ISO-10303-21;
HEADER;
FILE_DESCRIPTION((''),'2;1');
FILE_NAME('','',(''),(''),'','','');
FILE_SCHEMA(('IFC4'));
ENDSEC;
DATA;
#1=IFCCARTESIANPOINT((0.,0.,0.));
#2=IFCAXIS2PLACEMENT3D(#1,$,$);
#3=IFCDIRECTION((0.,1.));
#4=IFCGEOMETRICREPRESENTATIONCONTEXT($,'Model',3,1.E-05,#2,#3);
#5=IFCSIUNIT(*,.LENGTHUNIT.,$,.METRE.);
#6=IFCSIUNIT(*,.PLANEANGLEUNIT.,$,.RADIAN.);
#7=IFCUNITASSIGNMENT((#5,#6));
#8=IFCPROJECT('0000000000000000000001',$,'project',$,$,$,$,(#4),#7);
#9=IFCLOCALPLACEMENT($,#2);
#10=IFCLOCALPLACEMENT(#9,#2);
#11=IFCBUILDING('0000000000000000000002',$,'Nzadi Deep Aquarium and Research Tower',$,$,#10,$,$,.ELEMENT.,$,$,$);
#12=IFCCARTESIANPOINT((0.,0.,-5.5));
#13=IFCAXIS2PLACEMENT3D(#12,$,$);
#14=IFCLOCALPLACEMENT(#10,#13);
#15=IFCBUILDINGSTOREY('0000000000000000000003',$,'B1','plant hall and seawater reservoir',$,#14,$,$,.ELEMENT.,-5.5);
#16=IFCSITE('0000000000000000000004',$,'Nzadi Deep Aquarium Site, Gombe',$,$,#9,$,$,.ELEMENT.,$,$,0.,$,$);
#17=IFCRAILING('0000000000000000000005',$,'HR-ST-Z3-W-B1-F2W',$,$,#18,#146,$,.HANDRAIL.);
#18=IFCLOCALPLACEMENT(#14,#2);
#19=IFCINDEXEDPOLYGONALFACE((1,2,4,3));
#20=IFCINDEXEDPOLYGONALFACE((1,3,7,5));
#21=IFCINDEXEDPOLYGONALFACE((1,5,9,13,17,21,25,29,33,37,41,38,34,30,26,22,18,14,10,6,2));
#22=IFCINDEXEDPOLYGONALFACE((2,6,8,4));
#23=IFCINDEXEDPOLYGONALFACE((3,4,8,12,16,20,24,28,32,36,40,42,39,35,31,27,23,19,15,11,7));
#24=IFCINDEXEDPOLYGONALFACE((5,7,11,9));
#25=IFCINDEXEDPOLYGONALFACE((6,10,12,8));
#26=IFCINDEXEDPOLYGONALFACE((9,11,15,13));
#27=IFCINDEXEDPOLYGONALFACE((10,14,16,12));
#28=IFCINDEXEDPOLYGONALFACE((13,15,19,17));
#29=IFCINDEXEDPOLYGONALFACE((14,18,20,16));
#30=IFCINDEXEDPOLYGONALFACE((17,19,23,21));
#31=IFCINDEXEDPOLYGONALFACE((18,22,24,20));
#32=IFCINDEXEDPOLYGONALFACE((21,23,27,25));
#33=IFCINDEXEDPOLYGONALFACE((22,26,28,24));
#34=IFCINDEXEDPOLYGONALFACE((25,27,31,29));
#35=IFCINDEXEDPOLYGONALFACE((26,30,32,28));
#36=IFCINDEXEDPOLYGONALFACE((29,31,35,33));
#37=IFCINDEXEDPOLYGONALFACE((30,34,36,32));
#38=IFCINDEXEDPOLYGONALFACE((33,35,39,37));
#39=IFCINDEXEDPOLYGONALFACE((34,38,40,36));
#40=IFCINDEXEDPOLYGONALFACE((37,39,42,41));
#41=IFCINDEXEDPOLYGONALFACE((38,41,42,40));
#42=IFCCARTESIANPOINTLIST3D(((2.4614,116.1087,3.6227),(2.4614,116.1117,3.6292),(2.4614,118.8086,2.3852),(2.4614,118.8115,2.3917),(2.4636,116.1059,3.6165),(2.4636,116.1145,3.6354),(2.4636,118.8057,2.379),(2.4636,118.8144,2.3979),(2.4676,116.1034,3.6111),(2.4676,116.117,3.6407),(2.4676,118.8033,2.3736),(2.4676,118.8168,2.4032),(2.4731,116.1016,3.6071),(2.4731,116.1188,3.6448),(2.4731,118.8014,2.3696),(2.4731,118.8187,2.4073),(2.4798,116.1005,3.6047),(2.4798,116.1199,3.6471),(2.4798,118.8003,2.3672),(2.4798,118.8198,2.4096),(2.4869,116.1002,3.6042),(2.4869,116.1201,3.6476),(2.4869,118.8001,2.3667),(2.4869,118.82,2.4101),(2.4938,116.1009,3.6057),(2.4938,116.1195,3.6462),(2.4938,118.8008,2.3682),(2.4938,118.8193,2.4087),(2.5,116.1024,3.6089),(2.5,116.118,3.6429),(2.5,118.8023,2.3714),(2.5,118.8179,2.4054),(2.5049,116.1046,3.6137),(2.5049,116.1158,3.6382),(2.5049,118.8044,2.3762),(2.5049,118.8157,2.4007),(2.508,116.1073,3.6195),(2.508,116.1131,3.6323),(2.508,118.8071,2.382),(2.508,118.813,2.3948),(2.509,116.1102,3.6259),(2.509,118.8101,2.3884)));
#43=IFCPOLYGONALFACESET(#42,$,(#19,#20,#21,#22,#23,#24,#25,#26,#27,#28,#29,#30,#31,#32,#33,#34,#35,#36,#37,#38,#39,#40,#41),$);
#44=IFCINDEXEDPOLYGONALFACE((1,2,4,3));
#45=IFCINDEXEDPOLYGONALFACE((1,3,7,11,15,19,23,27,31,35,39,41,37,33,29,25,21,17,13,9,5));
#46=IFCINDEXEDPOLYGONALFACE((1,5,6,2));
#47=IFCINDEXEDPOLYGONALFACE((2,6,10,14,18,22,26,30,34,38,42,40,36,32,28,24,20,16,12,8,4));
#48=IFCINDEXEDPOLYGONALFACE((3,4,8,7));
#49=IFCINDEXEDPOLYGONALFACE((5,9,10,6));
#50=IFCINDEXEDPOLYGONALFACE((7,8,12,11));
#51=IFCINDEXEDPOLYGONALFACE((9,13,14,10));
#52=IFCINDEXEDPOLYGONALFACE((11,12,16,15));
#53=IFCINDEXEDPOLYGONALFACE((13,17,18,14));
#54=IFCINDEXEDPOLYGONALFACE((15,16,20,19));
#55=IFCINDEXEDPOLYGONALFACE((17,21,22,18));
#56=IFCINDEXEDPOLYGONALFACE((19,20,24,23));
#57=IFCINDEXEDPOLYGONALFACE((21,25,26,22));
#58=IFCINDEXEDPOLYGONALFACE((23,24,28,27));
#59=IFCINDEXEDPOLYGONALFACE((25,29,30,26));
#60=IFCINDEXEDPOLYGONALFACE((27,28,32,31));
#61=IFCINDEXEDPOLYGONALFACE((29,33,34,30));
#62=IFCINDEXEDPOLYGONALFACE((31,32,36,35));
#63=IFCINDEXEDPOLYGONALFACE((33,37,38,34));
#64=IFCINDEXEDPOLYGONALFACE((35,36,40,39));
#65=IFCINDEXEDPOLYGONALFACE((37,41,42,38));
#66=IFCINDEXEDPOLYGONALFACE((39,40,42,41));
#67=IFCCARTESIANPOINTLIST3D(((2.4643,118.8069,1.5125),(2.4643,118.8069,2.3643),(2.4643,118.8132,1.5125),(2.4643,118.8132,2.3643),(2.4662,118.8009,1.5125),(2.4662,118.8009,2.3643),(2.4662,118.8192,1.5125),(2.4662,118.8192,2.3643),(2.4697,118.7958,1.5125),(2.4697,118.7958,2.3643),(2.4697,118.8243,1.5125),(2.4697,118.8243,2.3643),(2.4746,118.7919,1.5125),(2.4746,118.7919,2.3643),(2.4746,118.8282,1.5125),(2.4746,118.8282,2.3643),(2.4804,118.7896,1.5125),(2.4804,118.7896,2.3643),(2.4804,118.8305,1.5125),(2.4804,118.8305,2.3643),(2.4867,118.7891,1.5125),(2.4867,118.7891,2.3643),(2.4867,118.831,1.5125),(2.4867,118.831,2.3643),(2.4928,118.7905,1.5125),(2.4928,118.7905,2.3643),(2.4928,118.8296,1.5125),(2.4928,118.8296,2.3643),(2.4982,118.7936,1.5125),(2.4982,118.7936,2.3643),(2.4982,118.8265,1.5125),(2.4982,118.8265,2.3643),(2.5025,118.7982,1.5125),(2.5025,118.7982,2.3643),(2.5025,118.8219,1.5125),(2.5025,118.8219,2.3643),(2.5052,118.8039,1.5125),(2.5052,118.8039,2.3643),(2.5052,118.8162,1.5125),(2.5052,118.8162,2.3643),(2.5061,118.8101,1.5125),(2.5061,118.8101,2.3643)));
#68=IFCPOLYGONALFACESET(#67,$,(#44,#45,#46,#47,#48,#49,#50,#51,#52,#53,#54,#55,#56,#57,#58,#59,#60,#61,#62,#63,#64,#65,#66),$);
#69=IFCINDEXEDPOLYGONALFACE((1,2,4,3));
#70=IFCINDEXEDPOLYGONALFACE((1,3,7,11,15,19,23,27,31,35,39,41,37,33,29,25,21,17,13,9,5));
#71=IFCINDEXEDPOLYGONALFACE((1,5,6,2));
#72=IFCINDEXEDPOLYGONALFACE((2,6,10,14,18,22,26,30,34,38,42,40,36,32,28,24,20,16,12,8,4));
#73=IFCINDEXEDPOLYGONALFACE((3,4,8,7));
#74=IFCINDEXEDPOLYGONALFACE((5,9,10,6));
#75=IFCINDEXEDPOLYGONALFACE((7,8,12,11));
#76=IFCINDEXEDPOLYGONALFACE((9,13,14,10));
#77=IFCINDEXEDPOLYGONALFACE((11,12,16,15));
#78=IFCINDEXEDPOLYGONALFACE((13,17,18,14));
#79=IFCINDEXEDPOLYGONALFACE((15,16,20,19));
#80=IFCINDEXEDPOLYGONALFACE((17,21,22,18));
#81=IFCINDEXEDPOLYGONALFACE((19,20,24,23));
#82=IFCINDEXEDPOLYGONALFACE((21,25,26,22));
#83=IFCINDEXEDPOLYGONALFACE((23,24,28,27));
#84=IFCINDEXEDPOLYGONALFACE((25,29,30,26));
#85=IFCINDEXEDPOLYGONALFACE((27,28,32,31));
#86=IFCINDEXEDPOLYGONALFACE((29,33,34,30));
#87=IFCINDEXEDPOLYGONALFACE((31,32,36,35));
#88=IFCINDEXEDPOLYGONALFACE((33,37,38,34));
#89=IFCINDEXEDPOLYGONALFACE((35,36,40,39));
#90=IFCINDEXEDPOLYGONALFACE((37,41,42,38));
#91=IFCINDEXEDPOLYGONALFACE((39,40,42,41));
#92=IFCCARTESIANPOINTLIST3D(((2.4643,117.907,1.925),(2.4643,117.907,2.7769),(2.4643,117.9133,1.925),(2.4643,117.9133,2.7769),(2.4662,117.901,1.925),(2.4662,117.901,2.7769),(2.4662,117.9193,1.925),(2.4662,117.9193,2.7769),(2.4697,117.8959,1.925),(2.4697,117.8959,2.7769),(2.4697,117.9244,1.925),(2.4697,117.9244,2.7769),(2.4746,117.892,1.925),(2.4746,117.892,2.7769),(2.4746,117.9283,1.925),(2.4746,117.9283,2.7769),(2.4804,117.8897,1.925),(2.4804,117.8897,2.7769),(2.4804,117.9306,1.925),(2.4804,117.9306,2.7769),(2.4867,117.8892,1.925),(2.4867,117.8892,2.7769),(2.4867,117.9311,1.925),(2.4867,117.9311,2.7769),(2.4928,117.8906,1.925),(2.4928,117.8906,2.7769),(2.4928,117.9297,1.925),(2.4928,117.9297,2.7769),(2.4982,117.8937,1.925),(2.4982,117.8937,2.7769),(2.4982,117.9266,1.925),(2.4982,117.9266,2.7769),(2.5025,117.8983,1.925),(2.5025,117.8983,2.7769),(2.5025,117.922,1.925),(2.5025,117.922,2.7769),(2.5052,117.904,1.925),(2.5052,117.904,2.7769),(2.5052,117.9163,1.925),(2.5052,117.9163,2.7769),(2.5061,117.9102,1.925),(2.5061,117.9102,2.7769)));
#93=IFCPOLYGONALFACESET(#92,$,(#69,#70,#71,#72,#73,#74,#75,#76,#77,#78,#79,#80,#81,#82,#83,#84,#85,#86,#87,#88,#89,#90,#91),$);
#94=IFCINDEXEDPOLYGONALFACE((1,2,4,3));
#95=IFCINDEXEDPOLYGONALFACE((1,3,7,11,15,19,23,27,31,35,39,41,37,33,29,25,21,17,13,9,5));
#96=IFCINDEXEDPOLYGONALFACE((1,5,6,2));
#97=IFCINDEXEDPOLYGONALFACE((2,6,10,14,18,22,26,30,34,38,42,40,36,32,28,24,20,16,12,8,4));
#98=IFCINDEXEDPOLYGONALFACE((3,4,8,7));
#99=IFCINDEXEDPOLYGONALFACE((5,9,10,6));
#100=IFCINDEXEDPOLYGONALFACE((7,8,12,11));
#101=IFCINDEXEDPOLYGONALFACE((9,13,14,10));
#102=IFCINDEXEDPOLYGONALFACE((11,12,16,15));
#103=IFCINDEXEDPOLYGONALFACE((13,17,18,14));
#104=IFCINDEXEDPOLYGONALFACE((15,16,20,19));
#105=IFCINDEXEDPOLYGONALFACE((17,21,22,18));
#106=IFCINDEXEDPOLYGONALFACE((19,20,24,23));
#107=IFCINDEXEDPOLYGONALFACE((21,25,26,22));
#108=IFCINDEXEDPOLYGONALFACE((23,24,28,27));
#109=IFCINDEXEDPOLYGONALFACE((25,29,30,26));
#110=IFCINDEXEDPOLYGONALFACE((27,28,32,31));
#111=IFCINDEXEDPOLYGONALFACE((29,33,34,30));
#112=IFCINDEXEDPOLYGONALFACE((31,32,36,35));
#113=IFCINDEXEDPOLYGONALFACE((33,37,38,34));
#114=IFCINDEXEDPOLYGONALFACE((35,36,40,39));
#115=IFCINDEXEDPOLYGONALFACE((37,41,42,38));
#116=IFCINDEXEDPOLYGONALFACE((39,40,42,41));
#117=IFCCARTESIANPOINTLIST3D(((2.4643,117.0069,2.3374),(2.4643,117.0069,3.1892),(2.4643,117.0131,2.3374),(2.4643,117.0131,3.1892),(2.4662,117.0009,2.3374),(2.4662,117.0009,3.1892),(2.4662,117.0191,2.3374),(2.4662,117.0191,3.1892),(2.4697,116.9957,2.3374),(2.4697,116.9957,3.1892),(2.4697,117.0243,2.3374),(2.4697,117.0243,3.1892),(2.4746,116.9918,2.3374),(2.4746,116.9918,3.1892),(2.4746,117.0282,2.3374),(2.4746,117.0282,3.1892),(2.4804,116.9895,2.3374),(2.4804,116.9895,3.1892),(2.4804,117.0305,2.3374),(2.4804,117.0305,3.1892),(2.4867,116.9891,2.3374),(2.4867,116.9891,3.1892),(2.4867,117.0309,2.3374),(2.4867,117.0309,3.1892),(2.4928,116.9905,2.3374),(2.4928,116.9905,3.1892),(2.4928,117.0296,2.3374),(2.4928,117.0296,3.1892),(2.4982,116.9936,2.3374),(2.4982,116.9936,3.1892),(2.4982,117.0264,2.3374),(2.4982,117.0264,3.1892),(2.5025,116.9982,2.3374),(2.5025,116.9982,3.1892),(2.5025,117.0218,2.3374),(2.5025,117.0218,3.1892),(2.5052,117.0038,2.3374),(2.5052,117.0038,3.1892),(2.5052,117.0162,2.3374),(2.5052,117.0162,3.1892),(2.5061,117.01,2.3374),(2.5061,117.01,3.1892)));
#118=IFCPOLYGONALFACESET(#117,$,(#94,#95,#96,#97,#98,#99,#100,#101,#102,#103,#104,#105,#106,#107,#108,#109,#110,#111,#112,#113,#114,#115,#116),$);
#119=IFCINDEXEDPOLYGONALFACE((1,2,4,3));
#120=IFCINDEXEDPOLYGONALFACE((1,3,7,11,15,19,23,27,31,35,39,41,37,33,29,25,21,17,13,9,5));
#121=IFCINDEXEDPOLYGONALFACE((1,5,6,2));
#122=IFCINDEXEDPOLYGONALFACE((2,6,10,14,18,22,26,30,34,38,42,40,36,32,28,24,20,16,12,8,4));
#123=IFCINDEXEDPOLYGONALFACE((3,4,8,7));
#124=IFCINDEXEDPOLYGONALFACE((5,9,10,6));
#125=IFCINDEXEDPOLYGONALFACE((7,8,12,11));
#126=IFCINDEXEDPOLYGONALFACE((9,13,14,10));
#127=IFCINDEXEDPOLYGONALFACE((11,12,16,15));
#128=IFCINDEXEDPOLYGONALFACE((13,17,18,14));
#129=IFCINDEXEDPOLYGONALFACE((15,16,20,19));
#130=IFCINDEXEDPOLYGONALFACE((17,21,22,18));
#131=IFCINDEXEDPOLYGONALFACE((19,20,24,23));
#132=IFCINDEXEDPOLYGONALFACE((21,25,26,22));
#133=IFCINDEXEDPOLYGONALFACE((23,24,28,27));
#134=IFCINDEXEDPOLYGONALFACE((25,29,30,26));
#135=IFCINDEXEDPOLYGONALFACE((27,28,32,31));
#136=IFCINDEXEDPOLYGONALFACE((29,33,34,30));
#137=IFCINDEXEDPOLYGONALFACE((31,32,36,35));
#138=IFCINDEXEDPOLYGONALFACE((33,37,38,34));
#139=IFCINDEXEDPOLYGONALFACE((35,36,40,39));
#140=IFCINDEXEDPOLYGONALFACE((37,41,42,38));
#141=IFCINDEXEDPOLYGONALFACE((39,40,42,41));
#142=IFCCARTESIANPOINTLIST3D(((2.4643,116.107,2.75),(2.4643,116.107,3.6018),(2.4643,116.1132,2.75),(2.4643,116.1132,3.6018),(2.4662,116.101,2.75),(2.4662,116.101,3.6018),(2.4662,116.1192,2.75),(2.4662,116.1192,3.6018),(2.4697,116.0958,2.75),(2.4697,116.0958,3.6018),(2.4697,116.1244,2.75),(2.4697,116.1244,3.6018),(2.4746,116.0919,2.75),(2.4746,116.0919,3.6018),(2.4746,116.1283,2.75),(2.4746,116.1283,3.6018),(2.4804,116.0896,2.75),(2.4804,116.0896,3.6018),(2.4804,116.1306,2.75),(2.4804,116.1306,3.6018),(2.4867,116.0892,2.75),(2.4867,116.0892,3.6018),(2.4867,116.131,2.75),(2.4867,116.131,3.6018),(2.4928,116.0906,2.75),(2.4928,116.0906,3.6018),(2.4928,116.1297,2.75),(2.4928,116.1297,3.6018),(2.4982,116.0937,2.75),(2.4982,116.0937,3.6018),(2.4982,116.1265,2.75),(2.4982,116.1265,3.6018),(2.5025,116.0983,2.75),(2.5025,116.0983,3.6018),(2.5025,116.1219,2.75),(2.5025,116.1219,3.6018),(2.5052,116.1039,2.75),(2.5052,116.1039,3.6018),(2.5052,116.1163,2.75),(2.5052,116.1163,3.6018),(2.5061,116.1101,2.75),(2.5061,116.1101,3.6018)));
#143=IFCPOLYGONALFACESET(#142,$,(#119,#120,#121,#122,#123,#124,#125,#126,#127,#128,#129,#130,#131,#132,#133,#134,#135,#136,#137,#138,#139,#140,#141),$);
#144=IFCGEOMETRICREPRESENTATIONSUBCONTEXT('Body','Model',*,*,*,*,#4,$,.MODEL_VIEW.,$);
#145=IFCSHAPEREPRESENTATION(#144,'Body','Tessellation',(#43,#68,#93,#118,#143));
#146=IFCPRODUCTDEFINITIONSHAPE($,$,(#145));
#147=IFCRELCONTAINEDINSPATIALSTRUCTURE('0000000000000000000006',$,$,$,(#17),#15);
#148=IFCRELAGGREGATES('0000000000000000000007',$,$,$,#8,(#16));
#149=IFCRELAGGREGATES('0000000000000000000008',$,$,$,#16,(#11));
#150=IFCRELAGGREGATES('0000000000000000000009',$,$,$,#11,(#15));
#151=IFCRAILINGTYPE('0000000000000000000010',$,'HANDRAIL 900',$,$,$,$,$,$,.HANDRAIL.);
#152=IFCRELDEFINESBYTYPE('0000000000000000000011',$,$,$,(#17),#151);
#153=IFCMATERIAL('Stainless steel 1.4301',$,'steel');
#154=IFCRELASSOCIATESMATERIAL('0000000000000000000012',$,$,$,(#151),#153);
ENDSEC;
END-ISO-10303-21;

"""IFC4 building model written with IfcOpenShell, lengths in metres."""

from ifc_helpers import new_model, si_unit, direction, frame, origin, origin_2d, place, context, subcontext, project, spatial, circle, extrude, material, type_object, element, save


model = new_model("IFC4")

# Units and contexts
model_context = context("Model", 3, precision=1e-05, world=origin(), true_north=direction((0.0, 1.0)))
body_context = subcontext(model_context, "Body", "Model", "MODEL_VIEW")
ifc_project = project(units=[si_unit("LENGTHUNIT", "METRE"), si_unit("PLANEANGLEUNIT", "RADIAN")], contexts=[model_context])

# Site, building, storey
site_placement = place(None, origin())
site = spatial("IfcSite", under=ifc_project, at=site_placement, Name="Nzadi Deep Aquarium Site, Gombe", CompositionType="ELEMENT", RefElevation=0.0)
building_placement = place(site_placement, origin())
building = spatial("IfcBuilding", under=site, at=building_placement, Name="Nzadi Deep Aquarium and Research Tower", CompositionType="ELEMENT")
storey_placement = place(building_placement, frame((0.0, 0.0, -5.5)))
storey = spatial("IfcBuildingStorey", under=building, at=storey_placement, Name="B1", Description="plant hall and seawater reservoir", CompositionType="ELEMENT", Elevation=-5.5)

# Railing
ifc_material_1 = material(Name="Stainless steel 1.4301", Category="steel")
railing_type = type_object("IfcRailingType", Name="HANDRAIL 900", PredefinedType="HANDRAIL", material=ifc_material_1)
railing_1_placement = place(storey_placement, frame((2.4851, 118.8101, 1.5125)))
element("IfcRailing", 1, at=railing_1_placement, inside=storey, type_object=railing_type, Name="HR-ST-Z3-W-B1-F2W", PredefinedType="HANDRAIL", context=body_context, shape_type="SweptSolid", body=[
    extrude(circle(Radius=0.0239, at=origin_2d()), frame((0.0, 0.0, 0.876), z_axis=(0.0, -0.909056, 0.416675), x_axis=(1.0, 0.0, 0.0)), (0.0, 0.0, 1.0), 2.97),
    extrude(circle(Radius=0.021, at=origin_2d()), origin(), (0.0, 0.0, 1.0), 0.8518),
    extrude(circle(Radius=0.021, at=origin_2d()), frame((0.0, -0.8999, 0.4126)), (0.0, 0.0, 1.0), 0.8518),
    extrude(circle(Radius=0.021, at=origin_2d()), frame((0.0, -1.8, 0.825)), (0.0, 0.0, 1.0), 0.8518),
    extrude(circle(Radius=0.021, at=origin_2d()), frame((0.0, -2.7, 1.2375)), (0.0, 0.0, 1.0), 0.8518),
])

save(model, "model.ifc")
